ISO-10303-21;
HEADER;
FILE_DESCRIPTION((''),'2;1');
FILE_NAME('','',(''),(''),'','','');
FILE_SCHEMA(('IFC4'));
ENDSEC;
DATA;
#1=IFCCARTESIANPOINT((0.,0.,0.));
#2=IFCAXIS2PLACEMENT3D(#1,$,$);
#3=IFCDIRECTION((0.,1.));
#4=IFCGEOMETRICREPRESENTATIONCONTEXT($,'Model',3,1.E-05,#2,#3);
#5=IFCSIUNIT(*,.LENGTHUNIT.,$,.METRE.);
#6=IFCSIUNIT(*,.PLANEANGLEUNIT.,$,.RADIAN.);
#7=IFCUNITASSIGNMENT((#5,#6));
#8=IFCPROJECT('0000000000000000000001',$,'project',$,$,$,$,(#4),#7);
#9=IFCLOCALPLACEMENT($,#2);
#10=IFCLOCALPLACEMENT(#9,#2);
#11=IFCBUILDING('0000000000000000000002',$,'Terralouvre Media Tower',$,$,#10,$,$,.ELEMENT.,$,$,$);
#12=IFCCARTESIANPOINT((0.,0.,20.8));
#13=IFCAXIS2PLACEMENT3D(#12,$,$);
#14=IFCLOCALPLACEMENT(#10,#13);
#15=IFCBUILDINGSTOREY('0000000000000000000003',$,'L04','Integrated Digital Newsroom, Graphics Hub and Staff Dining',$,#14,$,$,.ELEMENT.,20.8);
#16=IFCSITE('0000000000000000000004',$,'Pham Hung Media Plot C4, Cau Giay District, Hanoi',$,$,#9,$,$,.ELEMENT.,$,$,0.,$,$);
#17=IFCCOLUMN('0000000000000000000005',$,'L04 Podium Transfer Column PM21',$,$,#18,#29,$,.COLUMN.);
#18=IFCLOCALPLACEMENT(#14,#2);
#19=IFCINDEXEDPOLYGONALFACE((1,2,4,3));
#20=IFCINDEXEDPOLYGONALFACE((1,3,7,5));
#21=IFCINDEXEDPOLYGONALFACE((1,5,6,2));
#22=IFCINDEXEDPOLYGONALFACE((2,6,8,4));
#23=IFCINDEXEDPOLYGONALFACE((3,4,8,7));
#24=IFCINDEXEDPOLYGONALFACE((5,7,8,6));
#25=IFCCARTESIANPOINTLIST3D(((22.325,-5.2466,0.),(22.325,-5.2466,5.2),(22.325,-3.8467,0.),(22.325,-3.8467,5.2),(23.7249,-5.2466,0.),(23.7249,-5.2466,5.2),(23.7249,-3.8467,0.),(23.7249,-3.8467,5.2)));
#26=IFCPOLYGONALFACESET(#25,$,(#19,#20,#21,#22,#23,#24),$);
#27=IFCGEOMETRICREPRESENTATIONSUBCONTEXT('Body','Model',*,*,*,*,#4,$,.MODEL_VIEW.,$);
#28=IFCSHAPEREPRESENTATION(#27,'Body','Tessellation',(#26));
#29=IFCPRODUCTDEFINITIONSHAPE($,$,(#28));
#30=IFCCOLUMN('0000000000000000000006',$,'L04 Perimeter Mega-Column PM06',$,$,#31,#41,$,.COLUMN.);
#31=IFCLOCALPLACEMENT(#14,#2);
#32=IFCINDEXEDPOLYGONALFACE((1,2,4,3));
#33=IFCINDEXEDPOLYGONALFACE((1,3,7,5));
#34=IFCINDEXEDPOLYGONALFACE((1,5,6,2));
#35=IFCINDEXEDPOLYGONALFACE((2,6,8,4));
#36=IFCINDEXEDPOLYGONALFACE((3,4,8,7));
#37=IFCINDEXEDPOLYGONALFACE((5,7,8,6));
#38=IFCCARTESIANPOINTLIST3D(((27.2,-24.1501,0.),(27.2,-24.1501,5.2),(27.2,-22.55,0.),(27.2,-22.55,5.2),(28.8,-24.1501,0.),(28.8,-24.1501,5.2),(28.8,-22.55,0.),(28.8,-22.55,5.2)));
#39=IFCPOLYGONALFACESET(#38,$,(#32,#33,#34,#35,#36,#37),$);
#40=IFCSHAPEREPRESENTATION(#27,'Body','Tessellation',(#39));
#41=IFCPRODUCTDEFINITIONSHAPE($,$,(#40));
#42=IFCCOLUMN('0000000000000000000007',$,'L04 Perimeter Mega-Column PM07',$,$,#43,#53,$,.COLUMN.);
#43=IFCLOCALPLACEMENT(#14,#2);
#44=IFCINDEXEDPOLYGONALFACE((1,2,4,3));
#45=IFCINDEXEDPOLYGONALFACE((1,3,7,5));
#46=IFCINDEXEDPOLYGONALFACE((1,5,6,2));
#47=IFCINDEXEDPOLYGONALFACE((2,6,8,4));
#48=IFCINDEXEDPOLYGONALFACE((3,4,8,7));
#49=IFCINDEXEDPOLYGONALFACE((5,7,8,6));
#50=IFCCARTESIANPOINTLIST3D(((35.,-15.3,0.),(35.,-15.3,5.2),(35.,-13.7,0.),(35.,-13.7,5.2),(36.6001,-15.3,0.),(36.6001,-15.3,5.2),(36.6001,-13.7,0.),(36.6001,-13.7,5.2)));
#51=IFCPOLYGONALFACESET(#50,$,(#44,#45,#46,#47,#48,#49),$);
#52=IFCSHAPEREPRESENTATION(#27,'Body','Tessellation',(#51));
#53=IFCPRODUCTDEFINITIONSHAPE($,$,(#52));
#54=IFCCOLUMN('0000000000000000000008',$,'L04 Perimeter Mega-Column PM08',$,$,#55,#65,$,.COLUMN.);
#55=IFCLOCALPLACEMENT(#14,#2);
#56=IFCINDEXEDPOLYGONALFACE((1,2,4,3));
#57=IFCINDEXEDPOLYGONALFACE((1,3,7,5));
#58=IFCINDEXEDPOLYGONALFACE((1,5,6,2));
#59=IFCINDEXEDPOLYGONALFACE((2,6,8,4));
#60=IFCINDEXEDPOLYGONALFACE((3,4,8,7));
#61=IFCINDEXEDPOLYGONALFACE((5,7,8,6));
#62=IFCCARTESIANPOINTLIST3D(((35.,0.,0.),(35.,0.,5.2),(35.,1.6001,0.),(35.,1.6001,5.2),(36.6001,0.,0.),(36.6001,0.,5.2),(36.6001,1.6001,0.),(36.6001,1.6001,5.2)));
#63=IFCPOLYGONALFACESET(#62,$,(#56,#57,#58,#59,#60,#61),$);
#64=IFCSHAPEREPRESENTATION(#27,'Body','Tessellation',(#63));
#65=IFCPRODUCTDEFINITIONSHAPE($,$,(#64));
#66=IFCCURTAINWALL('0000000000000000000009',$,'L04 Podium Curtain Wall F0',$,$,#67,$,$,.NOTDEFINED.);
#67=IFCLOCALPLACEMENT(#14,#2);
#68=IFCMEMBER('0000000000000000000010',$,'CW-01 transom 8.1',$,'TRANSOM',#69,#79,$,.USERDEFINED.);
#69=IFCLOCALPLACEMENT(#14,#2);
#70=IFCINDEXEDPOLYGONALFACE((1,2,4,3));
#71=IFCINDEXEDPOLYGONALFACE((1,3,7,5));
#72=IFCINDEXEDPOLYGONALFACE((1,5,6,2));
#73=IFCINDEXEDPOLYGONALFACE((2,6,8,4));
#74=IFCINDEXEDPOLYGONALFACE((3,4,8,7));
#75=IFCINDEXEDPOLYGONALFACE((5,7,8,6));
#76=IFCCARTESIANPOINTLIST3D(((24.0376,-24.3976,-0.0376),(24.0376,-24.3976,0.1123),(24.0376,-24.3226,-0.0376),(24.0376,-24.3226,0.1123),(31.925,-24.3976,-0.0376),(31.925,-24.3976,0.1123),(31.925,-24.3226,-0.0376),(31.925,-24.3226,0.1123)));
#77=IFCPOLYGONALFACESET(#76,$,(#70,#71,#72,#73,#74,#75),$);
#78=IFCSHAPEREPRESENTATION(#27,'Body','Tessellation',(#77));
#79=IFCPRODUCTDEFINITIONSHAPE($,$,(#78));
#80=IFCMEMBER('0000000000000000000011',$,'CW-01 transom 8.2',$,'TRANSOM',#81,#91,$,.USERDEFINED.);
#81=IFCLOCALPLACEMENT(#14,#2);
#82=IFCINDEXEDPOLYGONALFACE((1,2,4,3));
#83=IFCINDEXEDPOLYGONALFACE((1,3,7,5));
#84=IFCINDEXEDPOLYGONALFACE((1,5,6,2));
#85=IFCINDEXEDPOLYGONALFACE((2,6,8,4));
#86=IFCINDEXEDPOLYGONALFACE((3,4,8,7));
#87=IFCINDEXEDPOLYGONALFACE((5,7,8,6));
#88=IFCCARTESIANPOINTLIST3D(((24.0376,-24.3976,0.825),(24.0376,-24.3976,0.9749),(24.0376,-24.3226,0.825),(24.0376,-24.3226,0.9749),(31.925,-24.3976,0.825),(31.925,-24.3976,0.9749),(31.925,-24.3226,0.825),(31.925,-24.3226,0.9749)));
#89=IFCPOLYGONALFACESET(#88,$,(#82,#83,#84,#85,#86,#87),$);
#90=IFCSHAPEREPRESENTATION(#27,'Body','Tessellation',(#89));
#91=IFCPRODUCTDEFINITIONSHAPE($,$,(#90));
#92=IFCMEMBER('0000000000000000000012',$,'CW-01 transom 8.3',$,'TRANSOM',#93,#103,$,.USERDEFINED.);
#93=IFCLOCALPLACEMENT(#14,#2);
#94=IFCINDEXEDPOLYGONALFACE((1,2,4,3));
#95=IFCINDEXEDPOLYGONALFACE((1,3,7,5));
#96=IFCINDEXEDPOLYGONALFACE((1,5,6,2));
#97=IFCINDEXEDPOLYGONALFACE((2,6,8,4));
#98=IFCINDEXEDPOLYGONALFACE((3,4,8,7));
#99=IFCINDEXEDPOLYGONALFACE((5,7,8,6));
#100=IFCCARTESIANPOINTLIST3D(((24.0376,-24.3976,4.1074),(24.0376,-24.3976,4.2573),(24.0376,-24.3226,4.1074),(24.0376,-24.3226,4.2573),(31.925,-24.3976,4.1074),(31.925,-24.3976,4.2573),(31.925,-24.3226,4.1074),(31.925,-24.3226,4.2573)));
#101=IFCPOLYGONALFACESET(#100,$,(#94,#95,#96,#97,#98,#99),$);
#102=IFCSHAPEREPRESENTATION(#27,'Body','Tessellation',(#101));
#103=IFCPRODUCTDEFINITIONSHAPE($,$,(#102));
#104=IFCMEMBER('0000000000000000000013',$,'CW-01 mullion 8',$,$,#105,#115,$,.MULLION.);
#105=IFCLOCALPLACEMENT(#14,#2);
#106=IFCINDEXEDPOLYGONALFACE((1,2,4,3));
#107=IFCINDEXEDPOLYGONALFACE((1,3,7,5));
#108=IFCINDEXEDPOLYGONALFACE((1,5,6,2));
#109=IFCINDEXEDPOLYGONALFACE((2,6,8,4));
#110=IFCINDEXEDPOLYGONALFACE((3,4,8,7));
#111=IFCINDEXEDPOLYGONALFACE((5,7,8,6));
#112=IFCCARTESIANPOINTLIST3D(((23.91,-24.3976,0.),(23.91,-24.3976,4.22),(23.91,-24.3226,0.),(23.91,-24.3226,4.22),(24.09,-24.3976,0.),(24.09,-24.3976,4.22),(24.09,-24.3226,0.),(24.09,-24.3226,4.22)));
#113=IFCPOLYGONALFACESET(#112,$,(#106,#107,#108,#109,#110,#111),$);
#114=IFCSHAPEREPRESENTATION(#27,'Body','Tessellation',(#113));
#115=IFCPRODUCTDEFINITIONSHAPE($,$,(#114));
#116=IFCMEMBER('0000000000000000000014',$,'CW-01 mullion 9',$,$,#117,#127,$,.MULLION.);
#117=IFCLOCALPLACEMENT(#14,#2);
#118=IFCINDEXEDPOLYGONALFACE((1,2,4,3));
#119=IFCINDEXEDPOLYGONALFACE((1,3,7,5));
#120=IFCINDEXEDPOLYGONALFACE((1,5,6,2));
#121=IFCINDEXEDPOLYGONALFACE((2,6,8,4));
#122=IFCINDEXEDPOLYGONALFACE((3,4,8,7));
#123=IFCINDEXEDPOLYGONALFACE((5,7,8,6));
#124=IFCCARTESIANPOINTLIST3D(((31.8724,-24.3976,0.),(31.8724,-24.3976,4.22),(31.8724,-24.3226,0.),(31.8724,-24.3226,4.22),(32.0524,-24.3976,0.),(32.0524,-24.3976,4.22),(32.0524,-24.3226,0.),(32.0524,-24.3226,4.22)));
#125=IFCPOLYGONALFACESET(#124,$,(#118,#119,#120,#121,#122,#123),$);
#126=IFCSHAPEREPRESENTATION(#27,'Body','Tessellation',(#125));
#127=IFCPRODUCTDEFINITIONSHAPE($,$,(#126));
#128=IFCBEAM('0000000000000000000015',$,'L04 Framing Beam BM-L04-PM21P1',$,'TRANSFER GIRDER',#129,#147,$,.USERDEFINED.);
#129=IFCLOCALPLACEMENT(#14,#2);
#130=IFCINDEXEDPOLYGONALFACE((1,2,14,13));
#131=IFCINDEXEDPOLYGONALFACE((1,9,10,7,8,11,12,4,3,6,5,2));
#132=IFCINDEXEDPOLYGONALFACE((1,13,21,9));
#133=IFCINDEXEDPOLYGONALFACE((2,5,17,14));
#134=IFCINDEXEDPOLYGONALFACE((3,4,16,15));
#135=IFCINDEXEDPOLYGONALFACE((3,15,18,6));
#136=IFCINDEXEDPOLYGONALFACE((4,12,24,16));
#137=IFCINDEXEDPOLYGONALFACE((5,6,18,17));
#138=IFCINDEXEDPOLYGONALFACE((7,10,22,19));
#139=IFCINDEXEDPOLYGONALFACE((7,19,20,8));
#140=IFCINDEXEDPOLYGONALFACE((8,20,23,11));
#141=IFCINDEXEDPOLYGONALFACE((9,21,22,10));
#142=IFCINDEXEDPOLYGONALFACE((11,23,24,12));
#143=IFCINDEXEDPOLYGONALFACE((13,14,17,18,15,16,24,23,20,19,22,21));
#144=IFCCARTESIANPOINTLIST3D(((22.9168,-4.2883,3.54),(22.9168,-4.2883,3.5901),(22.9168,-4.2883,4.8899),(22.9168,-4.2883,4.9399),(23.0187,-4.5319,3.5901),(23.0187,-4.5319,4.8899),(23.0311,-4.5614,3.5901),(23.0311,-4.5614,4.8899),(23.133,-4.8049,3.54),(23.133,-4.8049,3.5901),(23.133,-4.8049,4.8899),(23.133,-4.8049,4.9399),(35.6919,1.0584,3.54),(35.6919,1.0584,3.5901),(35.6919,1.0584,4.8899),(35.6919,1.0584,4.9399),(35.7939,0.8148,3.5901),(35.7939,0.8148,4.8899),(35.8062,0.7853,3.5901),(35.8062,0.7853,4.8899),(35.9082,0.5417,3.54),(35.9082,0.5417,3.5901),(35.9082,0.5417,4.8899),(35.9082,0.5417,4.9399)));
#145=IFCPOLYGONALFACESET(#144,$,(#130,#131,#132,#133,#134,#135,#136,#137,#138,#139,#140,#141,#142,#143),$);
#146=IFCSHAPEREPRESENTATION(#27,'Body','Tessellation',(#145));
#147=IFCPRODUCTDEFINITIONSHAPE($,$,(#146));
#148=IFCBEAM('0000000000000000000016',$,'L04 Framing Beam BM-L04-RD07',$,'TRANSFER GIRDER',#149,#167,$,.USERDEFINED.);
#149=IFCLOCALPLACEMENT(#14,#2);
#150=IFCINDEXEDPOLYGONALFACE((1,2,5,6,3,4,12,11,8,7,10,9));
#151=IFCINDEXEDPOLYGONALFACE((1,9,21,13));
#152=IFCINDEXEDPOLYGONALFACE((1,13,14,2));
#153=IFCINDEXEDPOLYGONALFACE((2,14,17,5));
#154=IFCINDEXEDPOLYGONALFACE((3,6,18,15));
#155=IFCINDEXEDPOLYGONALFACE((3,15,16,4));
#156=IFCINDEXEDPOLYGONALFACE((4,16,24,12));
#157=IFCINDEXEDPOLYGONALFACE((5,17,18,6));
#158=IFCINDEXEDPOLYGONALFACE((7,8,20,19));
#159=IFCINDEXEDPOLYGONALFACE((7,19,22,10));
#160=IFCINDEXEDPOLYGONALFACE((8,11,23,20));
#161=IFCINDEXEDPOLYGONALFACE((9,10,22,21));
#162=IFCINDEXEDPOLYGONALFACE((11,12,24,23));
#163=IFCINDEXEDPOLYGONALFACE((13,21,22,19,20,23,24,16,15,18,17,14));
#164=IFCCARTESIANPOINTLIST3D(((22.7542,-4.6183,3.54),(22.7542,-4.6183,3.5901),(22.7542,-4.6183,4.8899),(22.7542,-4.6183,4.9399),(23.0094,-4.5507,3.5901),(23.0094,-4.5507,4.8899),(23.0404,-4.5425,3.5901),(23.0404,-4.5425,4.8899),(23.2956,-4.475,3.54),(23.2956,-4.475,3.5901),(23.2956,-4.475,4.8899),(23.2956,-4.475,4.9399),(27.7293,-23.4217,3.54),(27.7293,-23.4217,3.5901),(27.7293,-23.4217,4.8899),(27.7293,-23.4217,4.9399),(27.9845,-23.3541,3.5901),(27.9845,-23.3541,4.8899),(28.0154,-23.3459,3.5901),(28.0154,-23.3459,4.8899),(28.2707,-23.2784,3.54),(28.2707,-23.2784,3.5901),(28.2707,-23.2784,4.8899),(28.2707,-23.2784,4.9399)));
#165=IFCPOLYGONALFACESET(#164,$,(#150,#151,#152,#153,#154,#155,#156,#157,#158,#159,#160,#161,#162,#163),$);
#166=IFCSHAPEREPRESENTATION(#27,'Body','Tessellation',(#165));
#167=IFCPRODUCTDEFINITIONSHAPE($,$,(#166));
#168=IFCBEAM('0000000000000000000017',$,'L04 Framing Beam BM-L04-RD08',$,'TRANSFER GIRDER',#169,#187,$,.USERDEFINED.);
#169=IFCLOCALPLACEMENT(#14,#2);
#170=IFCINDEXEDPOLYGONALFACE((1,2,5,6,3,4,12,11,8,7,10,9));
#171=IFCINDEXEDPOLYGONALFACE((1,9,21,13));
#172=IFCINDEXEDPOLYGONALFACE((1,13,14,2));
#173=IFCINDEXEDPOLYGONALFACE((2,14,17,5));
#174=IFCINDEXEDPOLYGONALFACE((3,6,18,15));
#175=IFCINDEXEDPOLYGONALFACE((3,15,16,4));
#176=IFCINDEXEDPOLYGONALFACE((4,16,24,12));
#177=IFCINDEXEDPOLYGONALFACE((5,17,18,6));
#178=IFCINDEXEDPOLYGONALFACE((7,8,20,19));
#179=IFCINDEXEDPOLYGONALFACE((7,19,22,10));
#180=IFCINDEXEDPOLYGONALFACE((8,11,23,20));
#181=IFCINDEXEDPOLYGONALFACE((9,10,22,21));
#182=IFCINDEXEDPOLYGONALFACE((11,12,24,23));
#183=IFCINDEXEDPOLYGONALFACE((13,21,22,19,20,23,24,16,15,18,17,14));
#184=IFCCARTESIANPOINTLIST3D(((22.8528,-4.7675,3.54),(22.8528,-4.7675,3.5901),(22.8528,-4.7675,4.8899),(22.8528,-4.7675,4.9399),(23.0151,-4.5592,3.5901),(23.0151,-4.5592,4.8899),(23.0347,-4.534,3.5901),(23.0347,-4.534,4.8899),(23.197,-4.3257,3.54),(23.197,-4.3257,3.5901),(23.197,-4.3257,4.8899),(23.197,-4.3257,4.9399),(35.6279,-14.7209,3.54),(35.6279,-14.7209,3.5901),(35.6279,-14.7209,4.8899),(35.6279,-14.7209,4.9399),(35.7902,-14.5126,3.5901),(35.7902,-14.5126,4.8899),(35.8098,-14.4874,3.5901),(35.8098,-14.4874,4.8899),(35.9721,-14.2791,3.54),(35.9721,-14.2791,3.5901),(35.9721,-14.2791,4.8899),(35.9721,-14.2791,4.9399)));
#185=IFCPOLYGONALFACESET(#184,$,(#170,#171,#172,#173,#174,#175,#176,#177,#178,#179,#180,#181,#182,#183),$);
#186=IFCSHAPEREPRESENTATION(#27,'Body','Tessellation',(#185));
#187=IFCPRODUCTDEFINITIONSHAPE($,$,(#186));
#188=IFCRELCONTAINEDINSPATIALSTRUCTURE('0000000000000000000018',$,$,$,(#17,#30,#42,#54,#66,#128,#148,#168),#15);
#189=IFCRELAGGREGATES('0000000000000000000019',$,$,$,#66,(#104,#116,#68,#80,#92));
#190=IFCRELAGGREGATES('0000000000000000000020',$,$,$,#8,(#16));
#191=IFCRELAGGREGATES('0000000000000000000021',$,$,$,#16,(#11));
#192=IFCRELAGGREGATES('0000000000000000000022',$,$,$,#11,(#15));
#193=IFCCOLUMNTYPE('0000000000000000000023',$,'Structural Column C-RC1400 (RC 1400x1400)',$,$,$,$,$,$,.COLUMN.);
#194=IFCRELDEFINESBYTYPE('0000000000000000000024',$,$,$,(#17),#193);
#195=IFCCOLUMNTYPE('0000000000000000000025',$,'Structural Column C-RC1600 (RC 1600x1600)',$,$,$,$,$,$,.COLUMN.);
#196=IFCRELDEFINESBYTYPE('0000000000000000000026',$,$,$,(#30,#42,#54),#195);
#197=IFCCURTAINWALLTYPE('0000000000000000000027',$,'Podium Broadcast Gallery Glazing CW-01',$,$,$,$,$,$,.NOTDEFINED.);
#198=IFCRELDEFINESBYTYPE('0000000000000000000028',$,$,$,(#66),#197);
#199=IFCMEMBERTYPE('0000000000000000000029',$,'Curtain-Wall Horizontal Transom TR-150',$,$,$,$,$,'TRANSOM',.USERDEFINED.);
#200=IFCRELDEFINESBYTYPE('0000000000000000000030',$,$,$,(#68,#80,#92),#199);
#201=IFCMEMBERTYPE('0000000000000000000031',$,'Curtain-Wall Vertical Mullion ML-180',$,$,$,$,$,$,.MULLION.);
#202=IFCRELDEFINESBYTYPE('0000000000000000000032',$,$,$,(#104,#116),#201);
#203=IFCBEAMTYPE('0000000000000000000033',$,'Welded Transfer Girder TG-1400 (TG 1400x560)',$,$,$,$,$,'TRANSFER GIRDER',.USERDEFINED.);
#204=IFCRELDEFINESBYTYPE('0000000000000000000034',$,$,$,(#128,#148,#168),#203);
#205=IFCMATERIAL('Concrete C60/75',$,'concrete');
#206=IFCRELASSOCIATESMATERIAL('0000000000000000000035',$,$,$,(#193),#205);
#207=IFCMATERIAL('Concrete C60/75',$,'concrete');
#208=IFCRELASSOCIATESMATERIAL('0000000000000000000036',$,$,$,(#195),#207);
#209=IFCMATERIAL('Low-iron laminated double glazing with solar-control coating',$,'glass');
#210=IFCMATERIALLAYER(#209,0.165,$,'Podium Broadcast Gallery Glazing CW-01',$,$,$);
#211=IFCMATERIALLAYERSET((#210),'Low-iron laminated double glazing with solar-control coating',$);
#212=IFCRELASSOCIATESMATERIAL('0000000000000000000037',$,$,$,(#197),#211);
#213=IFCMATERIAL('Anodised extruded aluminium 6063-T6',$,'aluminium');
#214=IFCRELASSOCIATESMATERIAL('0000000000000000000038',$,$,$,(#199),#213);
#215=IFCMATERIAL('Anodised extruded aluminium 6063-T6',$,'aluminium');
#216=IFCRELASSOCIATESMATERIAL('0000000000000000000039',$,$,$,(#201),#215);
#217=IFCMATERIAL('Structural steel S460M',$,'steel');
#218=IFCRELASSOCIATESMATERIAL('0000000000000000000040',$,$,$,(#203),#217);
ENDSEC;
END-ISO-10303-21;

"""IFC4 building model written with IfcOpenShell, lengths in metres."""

from ifc_helpers import new_model, si_unit, direction, frame, origin, origin_2d, place, context, subcontext, project, spatial, rectangle, i_section, extrude, material, layer, layer_set, material_profile, profile_set, type_object, element, aggregate, save


model = new_model("IFC4")

# Units and contexts
model_context = context("Model", 3, precision=1e-05, world=origin(), true_north=direction((0.0, 1.0)))
body_context = subcontext(model_context, "Body", "Model", "MODEL_VIEW")
ifc_project = project(units=[si_unit("LENGTHUNIT", "METRE"), si_unit("PLANEANGLEUNIT", "RADIAN")], contexts=[model_context])

# Site, building, storey
site_placement = place(None, origin())
site = spatial("IfcSite", under=ifc_project, at=site_placement, Name="Pham Hung Media Plot C4, Cau Giay District, Hanoi", CompositionType="ELEMENT", RefElevation=0.0)
building_placement = place(site_placement, origin())
building = spatial("IfcBuilding", under=site, at=building_placement, Name="Terralouvre Media Tower", CompositionType="ELEMENT")
storey_placement = place(building_placement, frame((0.0, 0.0, 20.8)))
storey = spatial("IfcBuildingStorey", under=building, at=storey_placement, Name="L04", Description="Integrated Digital Newsroom, Graphics Hub and Staff Dining", CompositionType="ELEMENT", Elevation=20.8)

# Columns
ifc_material_1 = material(Name="Concrete C60/75", Category="concrete")
ifc_material_profile_1 = material_profile(ifc_material_1, rectangle(XDim=1.3999, YDim=1.3999, at=origin_2d()), Name="RC 1400x1400")
ifc_profile_set_1 = profile_set([ifc_material_profile_1], Name="Concrete C60/75")
column_type_1 = type_object("IfcColumnType", Name="Structural Column C-RC1400 (RC 1400x1400)", PredefinedType="COLUMN", material=ifc_profile_set_1)
column_placement = place(storey_placement, frame((23.0249, -4.5466, 0.0), z_axis=(0.0, 0.0, 1.0), x_axis=(1.0, 0.0, 0.0)))
element("IfcColumn", 1, at=column_placement, inside=storey, type_object=column_type_1, Name="L04 Podium Transfer Column PM21", PredefinedType="COLUMN", context=body_context, shape_type="SweptSolid", body=[
    extrude(rectangle(XDim=1.3999, YDim=1.3999, at=origin_2d()), origin(), (0.0, 0.0, 1.0), 5.2),
])
ifc_material_2 = material(Name="Concrete C60/75", Category="concrete")
ifc_material_profile_2 = material_profile(ifc_material_2, rectangle(XDim=1.6001, YDim=1.6001, at=origin_2d()), Name="RC 1600x1600")
ifc_profile_set_2 = profile_set([ifc_material_profile_2], Name="Concrete C60/75")
column_type_2 = type_object("IfcColumnType", Name="Structural Column C-RC1600 (RC 1600x1600)", PredefinedType="COLUMN", material=ifc_profile_set_2)
for number, where, z_axis, x_axis, name in (
    (2, (28.0, -23.3501, 0.0), (0.0, 0.0, 1.0), (1.0, 0.0, 0.0), "L04 Perimeter Mega-Column PM06"),
    (3, (35.8, -14.5, 0.0), (0.0, 0.0, 1.0), (1.0, 0.0, 0.0), "L04 Perimeter Mega-Column PM07"),
    (4, (35.8, 0.8, 0.0), (0.0, 0.0, 1.0), (1.0, 0.0, 0.0), "L04 Perimeter Mega-Column PM08"),
):
    element("IfcColumn", number, at=place(storey_placement, frame(where, z_axis=z_axis, x_axis=x_axis)), inside=storey, type_object=column_type_2, Name=name, PredefinedType="COLUMN", context=body_context, shape_type="SweptSolid", body=[
        extrude(rectangle(XDim=1.6001, YDim=1.6001, at=origin_2d()), origin(), (0.0, 0.0, 1.0), 5.2),
    ])

# Curtain wall, members
ifc_material_3 = material(Name="Low-iron laminated double glazing with solar-control coating", Category="glass")
ifc_layer_1 = layer(ifc_material_3, 0.165, Name="Podium Broadcast Gallery Glazing CW-01")
ifc_layer_set_1 = layer_set([ifc_layer_1], Name="Low-iron laminated double glazing with solar-control coating")
curtain_wall_type = type_object("IfcCurtainWallType", Name="Podium Broadcast Gallery Glazing CW-01", PredefinedType="NOTDEFINED", material=ifc_layer_set_1)
curtain_wall_placement = place(storey_placement, origin())
curtain_wall = element("IfcCurtainWall", 5, at=curtain_wall_placement, inside=storey, type_object=curtain_wall_type, Name="L04 Podium Curtain Wall F0", PredefinedType="NOTDEFINED")
ifc_material_4 = material(Name="Anodised extruded aluminium 6063-T6", Category="aluminium")
ifc_material_profile_3 = material_profile(ifc_material_4, rectangle(XDim=0.075, YDim=0.1499, at=origin_2d()), Name="ALU 75x150")
ifc_profile_set_3 = profile_set([ifc_material_profile_3], Name="Anodised extruded aluminium 6063-T6")
member_type_1 = type_object("IfcMemberType", Name="Curtain-Wall Horizontal Transom TR-150", ElementType="TRANSOM", PredefinedType="USERDEFINED", material=ifc_profile_set_3)
member_1_placement = place(storey_placement, frame((24.0376, -24.3601, 0.0374), z_axis=(1.0, 0.0, 0.0), x_axis=(0.0, 1.0, 0.0)))
member_1 = element("IfcMember", 6, at=member_1_placement, type_object=member_type_1, Name="CW-01 transom 8.1", ObjectType="TRANSOM", PredefinedType="USERDEFINED", context=body_context, shape_type="SweptSolid", body=[
    extrude(rectangle(XDim=0.075, YDim=0.1499, at=origin_2d()), origin(), (0.0, 0.0, 1.0), 7.8875),
])
member_2_placement = place(storey_placement, frame((24.0376, -24.3601, 0.8999), z_axis=(1.0, 0.0, 0.0), x_axis=(0.0, 1.0, 0.0)))
member_2 = element("IfcMember", 7, at=member_2_placement, type_object=member_type_1, Name="CW-01 transom 8.2", ObjectType="TRANSOM", PredefinedType="USERDEFINED", context=body_context, shape_type="SweptSolid", body=[
    extrude(rectangle(XDim=0.075, YDim=0.1499, at=origin_2d()), origin(), (0.0, 0.0, 1.0), 7.8875),
])
member_3_placement = place(storey_placement, frame((24.0376, -24.3601, 4.1824), z_axis=(1.0, 0.0, 0.0), x_axis=(0.0, 1.0, 0.0)))
member_3 = element("IfcMember", 8, at=member_3_placement, type_object=member_type_1, Name="CW-01 transom 8.3", ObjectType="TRANSOM", PredefinedType="USERDEFINED", context=body_context, shape_type="SweptSolid", body=[
    extrude(rectangle(XDim=0.075, YDim=0.1499, at=origin_2d()), origin(), (0.0, 0.0, 1.0), 7.8875),
])
ifc_material_5 = material(Name="Anodised extruded aluminium 6063-T6", Category="aluminium")
ifc_material_profile_4 = material_profile(ifc_material_5, rectangle(XDim=0.075, YDim=0.1799, at=origin_2d()), Name="ALU 75x180")
ifc_profile_set_4 = profile_set([ifc_material_profile_4], Name="Anodised extruded aluminium 6063-T6")
member_type_2 = type_object("IfcMemberType", Name="Curtain-Wall Vertical Mullion ML-180", PredefinedType="MULLION", material=ifc_profile_set_4)
member_4_placement = place(storey_placement, frame((24.0, -24.3601, 0.0), z_axis=(0.0, 0.0, 1.0), x_axis=(0.0, 1.0, 0.0)))
member_4 = element("IfcMember", 9, at=member_4_placement, type_object=member_type_2, Name="CW-01 mullion 8", PredefinedType="MULLION", context=body_context, shape_type="SweptSolid", body=[
    extrude(rectangle(XDim=0.075, YDim=0.1799, at=origin_2d()), origin(), (0.0, 0.0, 1.0), 4.22),
])
member_5_placement = place(storey_placement, frame((31.9624, -24.3601, 0.0), z_axis=(0.0, 0.0, 1.0), x_axis=(0.0, 1.0, 0.0)))
member_5 = element("IfcMember", 10, at=member_5_placement, type_object=member_type_2, Name="CW-01 mullion 9", PredefinedType="MULLION", context=body_context, shape_type="SweptSolid", body=[
    extrude(rectangle(XDim=0.075, YDim=0.1799, at=origin_2d()), origin(), (0.0, 0.0, 1.0), 4.22),
])

# Beams
ifc_material_6 = material(Name="Structural steel S460M", Category="steel")
ifc_material_profile_5 = material_profile(ifc_material_6, i_section(OverallWidth=0.5601, OverallDepth=1.3999, WebThickness=0.032, FlangeThickness=0.05, at=origin_2d()), Name="TG 1400x560")
ifc_profile_set_5 = profile_set([ifc_material_profile_5], Name="Structural steel S460M")
beam_type_1 = type_object("IfcBeamType", Name="Welded Transfer Girder TG-1400 (TG 1400x560)", ElementType="TRANSFER GIRDER", PredefinedType="USERDEFINED", material=ifc_profile_set_5)
beam_1_placement = place(storey_placement, frame((23.0249, -4.5466, 4.24), z_axis=(0.922468, 0.386073, 0.0), x_axis=(-0.386073, 0.922468, 0.0)))
element("IfcBeam", 11, at=beam_1_placement, inside=storey, type_object=beam_type_1, Name="L04 Framing Beam BM-L04-PM21P1", ObjectType="TRANSFER GIRDER", PredefinedType="USERDEFINED", context=body_context, shape_type="SweptSolid", body=[
    extrude(i_section(OverallWidth=0.5601, OverallDepth=1.3999, WebThickness=0.032, FlangeThickness=0.05, at=origin_2d()), origin(), (0.0, 0.0, 1.0), 13.8489),
])
beam_2_placement = place(storey_placement, frame((23.0249, -4.5466, 4.24), z_axis=(0.255783, -0.966734, 0.0), x_axis=(0.966734, 0.255783, 0.0)))
element("IfcBeam", 12, at=beam_2_placement, inside=storey, type_object=beam_type_1, Name="L04 Framing Beam BM-L04-RD07", ObjectType="TRANSFER GIRDER", PredefinedType="USERDEFINED", context=body_context, shape_type="SweptSolid", body=[
    extrude(i_section(OverallWidth=0.5601, OverallDepth=1.3999, WebThickness=0.032, FlangeThickness=0.05, at=origin_2d()), origin(), (0.0, 0.0, 1.0), 19.4504),
])
beam_3_placement = place(storey_placement, frame((23.0249, -4.5466, 4.24), z_axis=(0.788839, -0.6146, 0.0), x_axis=(0.6146, 0.788839, 0.0)))
element("IfcBeam", 13, at=beam_3_placement, inside=storey, type_object=beam_type_1, Name="L04 Framing Beam BM-L04-RD08", ObjectType="TRANSFER GIRDER", PredefinedType="USERDEFINED", context=body_context, shape_type="SweptSolid", body=[
    extrude(i_section(OverallWidth=0.5601, OverallDepth=1.3999, WebThickness=0.032, FlangeThickness=0.05, at=origin_2d()), origin(), (0.0, 0.0, 1.0), 16.1948),
])

aggregate(curtain_wall, [member_4, member_5, member_1, member_2, member_3])

save(model, "model.ifc")
